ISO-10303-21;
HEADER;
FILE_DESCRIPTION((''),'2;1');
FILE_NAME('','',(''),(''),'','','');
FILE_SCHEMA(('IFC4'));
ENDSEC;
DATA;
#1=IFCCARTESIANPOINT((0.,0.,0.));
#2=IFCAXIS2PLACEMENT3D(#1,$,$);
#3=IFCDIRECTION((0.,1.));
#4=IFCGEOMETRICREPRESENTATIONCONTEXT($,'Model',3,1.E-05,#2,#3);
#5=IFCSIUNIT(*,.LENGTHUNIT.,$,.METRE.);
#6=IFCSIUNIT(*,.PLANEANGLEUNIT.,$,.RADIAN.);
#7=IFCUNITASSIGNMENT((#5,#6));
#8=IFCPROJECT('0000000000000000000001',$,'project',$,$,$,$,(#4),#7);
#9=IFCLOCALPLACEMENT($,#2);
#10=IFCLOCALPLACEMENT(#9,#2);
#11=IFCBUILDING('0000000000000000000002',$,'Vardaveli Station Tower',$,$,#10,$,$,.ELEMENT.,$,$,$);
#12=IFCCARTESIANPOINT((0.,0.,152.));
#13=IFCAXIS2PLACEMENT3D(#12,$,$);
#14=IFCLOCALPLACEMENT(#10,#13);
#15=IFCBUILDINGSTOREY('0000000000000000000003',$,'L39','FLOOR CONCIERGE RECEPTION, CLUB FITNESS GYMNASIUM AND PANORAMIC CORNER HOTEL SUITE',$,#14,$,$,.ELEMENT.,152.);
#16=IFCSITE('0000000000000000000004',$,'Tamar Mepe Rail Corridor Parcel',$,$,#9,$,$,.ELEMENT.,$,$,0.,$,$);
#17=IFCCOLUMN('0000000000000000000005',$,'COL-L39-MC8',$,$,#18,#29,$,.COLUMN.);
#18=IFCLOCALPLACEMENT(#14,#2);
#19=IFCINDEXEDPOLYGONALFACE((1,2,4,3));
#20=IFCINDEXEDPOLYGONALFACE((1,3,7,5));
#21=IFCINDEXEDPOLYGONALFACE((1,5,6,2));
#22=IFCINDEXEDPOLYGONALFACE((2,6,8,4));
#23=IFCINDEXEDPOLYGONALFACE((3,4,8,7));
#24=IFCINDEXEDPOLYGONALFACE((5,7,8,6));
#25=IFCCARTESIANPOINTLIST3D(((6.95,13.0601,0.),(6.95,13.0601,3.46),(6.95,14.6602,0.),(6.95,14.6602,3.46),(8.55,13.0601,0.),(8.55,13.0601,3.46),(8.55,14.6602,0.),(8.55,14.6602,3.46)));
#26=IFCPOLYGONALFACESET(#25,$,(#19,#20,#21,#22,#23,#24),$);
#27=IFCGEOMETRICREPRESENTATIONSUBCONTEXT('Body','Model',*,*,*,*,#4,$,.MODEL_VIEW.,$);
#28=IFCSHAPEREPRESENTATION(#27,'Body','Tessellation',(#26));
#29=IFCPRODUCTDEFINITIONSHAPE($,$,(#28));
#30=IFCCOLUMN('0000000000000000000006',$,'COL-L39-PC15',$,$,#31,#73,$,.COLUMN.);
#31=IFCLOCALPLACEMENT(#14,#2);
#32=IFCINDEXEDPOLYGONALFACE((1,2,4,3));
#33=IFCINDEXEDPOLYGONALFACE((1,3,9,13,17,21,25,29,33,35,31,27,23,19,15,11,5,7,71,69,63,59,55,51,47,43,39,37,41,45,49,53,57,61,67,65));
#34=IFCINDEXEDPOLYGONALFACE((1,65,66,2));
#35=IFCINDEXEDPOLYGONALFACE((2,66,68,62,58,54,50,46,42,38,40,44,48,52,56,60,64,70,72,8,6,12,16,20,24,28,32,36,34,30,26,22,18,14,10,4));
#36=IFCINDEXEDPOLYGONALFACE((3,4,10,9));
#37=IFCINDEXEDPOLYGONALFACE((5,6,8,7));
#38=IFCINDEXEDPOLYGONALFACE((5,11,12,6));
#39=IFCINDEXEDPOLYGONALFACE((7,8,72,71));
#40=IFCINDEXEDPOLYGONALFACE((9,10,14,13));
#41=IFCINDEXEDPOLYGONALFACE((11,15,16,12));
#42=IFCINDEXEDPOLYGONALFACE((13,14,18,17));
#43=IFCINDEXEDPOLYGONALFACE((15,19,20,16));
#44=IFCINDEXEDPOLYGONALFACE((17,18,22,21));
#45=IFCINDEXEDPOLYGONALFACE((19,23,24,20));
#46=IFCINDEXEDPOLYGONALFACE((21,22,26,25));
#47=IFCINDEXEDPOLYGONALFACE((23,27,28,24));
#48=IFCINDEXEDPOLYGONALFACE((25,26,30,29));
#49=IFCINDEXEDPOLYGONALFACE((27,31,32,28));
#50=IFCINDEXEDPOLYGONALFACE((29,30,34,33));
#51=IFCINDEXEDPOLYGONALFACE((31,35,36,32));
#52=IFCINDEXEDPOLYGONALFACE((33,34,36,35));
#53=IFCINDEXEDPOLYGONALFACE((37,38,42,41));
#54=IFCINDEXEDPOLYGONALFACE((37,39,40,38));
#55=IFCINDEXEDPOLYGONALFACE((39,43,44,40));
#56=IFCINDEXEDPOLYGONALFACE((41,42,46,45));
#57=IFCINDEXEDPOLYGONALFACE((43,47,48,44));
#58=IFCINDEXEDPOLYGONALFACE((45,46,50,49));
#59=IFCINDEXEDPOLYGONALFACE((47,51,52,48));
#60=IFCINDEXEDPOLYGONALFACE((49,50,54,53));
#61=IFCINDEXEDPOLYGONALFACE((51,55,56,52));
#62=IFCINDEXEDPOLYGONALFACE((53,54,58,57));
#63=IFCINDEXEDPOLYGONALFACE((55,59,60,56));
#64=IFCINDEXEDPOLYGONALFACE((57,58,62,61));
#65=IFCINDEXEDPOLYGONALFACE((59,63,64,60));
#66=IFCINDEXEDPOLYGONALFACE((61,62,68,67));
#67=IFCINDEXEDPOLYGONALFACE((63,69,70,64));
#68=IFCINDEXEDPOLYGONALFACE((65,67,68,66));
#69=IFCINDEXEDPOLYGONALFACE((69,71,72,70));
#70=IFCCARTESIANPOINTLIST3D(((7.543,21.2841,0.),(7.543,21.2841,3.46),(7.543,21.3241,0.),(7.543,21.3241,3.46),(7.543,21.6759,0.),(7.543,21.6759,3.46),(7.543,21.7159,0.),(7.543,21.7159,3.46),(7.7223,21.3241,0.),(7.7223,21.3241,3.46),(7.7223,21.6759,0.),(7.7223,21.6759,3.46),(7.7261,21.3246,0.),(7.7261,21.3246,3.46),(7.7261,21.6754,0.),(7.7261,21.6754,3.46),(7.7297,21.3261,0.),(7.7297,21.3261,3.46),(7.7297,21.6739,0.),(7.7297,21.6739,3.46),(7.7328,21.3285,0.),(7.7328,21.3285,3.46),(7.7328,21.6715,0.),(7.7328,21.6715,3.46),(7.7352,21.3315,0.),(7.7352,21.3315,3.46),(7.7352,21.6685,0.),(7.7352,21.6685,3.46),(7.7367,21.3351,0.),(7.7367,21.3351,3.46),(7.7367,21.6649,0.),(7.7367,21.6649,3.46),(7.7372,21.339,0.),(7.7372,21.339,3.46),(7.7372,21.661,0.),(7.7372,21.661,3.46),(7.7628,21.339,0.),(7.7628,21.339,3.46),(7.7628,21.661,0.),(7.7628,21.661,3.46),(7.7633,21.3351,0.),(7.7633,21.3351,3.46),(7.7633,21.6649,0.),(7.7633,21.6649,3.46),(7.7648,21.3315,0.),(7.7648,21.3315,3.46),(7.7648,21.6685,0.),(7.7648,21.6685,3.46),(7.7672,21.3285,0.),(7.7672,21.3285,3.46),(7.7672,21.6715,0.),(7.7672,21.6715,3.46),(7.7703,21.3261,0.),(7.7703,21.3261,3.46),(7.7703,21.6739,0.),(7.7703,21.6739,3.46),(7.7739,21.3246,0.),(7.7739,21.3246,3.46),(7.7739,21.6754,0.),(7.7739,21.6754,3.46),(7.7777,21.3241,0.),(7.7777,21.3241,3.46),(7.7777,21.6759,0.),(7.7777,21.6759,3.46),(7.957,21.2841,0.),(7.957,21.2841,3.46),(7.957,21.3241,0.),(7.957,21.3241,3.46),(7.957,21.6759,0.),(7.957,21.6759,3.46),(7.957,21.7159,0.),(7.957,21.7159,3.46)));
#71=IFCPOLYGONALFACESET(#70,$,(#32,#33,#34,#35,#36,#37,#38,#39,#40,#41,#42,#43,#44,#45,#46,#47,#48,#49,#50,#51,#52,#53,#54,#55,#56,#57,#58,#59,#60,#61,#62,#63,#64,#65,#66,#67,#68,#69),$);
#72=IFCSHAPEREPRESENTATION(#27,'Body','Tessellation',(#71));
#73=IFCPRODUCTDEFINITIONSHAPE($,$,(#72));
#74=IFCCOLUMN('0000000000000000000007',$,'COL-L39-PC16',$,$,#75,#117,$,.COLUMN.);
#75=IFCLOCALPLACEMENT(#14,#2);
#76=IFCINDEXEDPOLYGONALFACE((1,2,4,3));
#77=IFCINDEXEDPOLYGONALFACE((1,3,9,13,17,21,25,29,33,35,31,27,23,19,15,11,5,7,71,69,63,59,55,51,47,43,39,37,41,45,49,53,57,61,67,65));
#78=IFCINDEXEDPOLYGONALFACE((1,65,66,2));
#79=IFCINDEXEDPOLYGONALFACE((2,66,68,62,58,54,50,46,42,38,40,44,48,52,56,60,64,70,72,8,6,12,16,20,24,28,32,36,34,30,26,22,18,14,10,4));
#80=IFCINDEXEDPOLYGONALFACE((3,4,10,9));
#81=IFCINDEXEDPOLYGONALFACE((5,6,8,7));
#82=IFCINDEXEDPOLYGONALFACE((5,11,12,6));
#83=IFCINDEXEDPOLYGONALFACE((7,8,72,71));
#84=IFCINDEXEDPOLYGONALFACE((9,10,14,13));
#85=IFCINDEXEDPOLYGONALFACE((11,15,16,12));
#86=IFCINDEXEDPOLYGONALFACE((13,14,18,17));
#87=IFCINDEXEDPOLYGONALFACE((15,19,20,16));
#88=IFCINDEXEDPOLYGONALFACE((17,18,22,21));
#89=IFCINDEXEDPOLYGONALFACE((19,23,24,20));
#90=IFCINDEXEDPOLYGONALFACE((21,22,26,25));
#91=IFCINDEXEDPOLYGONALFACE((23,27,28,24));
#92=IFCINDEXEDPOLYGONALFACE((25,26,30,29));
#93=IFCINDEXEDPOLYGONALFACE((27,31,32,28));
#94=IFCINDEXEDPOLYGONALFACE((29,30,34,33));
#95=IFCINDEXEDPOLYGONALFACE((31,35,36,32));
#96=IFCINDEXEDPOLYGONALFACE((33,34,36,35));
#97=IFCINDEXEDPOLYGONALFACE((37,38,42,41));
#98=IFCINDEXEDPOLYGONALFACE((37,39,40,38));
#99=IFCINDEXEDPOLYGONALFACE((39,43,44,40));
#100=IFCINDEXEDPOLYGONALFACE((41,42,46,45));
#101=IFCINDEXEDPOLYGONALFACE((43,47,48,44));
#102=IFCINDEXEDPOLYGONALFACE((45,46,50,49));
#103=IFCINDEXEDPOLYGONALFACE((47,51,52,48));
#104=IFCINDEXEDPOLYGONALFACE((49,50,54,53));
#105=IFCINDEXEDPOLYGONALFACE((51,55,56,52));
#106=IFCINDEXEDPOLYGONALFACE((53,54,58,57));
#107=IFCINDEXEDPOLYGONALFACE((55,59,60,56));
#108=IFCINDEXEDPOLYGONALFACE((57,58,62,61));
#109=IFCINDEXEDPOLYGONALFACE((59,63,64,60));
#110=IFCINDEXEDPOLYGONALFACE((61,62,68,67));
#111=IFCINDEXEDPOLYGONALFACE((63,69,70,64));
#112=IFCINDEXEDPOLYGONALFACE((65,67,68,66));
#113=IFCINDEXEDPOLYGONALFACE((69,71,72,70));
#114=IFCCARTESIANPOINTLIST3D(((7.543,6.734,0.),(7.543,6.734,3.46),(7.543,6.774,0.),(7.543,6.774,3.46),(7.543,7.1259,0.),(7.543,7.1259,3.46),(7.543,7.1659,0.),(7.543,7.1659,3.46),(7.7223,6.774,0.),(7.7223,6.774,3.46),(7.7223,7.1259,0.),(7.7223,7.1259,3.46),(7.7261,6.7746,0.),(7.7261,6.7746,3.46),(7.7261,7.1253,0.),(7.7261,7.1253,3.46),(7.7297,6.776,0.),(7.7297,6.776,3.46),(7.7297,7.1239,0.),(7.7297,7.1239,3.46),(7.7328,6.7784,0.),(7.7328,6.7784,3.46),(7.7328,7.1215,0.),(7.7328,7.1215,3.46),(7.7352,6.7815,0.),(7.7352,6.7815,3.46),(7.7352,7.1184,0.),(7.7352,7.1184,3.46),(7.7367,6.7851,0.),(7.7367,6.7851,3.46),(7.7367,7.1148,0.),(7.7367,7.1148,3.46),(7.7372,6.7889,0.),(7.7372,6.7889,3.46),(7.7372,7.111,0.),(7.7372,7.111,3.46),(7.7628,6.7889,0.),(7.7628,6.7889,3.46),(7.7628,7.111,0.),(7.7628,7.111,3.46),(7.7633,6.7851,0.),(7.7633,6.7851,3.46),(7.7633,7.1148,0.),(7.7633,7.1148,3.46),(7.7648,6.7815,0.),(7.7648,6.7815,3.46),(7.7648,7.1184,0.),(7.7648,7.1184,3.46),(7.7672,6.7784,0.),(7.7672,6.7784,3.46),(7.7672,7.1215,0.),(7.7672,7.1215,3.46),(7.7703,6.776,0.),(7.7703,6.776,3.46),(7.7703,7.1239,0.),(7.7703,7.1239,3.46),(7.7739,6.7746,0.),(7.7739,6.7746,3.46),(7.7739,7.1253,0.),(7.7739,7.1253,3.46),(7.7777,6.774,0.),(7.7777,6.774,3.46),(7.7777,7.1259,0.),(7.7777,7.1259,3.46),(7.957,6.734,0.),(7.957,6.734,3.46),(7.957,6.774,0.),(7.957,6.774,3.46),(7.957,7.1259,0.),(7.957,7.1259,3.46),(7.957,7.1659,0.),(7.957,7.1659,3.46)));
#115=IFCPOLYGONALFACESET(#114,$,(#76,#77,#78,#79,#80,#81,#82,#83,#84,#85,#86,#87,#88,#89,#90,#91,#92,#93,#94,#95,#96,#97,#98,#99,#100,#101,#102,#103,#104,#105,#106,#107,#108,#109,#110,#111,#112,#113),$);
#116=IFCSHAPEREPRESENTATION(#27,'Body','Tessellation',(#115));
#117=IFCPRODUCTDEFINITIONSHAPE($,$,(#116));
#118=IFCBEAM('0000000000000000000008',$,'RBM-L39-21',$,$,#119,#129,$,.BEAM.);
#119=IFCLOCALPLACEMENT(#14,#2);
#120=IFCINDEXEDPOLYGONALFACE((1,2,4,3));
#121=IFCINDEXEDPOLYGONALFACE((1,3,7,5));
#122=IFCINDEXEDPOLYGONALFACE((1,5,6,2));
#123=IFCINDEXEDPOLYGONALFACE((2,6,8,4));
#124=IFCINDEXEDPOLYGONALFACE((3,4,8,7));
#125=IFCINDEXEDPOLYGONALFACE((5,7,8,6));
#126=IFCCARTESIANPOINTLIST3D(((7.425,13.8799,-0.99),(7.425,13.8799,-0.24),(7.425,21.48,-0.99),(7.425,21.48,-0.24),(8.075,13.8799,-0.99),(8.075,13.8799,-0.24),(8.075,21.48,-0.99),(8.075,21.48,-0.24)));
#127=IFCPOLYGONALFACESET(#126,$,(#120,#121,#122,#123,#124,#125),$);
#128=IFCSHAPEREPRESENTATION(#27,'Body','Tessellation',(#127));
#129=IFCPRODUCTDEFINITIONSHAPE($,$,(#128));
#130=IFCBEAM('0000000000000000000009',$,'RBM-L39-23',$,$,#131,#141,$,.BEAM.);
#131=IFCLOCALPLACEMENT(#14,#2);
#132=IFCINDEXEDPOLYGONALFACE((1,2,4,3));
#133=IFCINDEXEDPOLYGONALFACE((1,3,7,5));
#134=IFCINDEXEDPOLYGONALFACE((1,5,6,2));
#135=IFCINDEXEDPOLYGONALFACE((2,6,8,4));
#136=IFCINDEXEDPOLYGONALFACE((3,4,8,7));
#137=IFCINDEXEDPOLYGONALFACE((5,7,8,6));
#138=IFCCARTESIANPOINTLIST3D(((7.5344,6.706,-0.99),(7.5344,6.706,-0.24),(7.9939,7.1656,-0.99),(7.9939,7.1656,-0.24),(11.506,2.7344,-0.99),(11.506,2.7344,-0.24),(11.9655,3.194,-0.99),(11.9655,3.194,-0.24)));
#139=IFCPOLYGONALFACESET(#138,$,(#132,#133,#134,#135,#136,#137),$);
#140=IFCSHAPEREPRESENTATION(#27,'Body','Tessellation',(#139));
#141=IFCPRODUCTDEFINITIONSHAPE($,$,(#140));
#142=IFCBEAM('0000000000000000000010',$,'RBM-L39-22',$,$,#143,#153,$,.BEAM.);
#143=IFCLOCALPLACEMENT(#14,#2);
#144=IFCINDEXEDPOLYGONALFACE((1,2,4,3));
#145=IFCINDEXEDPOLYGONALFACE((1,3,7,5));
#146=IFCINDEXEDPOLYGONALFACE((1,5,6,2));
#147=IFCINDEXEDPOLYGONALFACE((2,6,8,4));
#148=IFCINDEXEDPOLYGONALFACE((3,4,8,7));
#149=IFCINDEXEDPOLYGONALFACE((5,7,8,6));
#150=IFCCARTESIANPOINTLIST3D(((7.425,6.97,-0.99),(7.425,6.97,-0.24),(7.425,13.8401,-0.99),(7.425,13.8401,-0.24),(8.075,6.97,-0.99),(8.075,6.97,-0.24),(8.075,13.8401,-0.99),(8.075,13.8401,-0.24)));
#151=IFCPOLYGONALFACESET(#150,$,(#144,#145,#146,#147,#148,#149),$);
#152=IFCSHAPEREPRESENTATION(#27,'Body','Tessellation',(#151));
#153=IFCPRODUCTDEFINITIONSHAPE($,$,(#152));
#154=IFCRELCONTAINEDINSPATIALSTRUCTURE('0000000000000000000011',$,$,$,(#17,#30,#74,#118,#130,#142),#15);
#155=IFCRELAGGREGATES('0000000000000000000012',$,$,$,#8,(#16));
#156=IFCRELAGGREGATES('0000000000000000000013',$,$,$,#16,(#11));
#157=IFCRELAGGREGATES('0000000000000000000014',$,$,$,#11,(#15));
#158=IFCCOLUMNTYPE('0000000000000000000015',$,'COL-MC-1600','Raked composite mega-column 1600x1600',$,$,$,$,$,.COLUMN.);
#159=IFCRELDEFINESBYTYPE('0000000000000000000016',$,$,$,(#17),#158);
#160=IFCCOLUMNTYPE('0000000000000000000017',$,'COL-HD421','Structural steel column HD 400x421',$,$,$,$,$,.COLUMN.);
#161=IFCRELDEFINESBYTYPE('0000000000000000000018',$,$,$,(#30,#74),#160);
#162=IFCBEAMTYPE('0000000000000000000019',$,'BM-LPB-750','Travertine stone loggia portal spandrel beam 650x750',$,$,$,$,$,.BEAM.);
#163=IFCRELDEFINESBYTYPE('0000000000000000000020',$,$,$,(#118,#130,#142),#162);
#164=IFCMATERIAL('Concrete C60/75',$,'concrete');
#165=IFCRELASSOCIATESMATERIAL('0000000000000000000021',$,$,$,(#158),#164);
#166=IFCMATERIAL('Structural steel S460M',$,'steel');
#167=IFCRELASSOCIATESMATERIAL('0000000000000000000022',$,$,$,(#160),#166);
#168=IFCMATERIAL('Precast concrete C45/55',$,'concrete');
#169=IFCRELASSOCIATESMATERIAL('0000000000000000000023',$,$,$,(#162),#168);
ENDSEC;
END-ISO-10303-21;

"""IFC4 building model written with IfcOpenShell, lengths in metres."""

from ifc_helpers import new_model, si_unit, direction, frame, origin, origin_2d, place, context, subcontext, project, spatial, rectangle, i_section, extrude, source, transform, mapped, material, material_profile, profile_set, type_object, element, save


model = new_model("IFC4")

# Units and contexts
model_context = context("Model", 3, precision=1e-05, world=origin(), true_north=direction((0.0, 1.0)))
body_context = subcontext(model_context, "Body", "Model", "MODEL_VIEW")
ifc_project = project(units=[si_unit("LENGTHUNIT", "METRE"), si_unit("PLANEANGLEUNIT", "RADIAN")], contexts=[model_context])

# Site, building, storey
site_placement = place(None, origin())
site = spatial("IfcSite", under=ifc_project, at=site_placement, Name="Tamar Mepe Rail Corridor Parcel", CompositionType="ELEMENT", RefElevation=0.0)
building_placement = place(site_placement, origin())
building = spatial("IfcBuilding", under=site, at=building_placement, Name="Vardaveli Station Tower", CompositionType="ELEMENT")
storey_placement = place(building_placement, frame((0.0, 0.0, 152.0)))
storey = spatial("IfcBuildingStorey", under=building, at=storey_placement, Name="L39", Description="FLOOR CONCIERGE RECEPTION, CLUB FITNESS GYMNASIUM AND PANORAMIC CORNER HOTEL SUITE", CompositionType="ELEMENT", Elevation=152.0)

# Columns
ifc_material_1 = material(Name="Concrete C60/75", Category="concrete")
ifc_material_profile_1 = material_profile(ifc_material_1, rectangle(XDim=1.6001, YDim=1.6001, at=origin_2d()), Name="MC 1600x1600")
ifc_profile_set_1 = profile_set([ifc_material_profile_1], Name="Concrete C60/75")
column_type_1 = type_object("IfcColumnType", Name="COL-MC-1600", Description="Raked composite mega-column 1600x1600", PredefinedType="COLUMN", material=ifc_profile_set_1)
shared_shape_1 = source(origin(), body_context, "Body", "SweptSolid", [
    extrude(rectangle(XDim=1.6001, YDim=1.6001, at=origin_2d()), origin(), (0.0, 0.0, 1.0), 3.46),
])
column_placement = place(storey_placement, frame((7.75, 13.8601, 0.0), z_axis=(0.0, 0.0, 1.0), x_axis=(1.0, 0.0, 0.0)))
element("IfcColumn", 1, at=column_placement, inside=storey, type_object=column_type_1, Name="COL-L39-MC8", PredefinedType="COLUMN", context=body_context, shape_type="MappedRepresentation", body=[
    mapped(shared_shape_1, transform((0.0, 0.0, 0.0), scale=1.0)),
])
ifc_material_2 = material(Name="Structural steel S460M", Category="steel")
ifc_material_profile_2 = material_profile(ifc_material_2, i_section(OverallWidth=0.4141, OverallDepth=0.4319, WebThickness=0.0256, FlangeThickness=0.04, FilletRadius=0.0149, at=origin_2d()), Name="HD 400x421")
ifc_profile_set_2 = profile_set([ifc_material_profile_2], Name="Structural steel S460M")
column_type_2 = type_object("IfcColumnType", Name="COL-HD421", Description="Structural steel column HD 400x421", PredefinedType="COLUMN", material=ifc_profile_set_2)
shared_shape_2 = source(origin(), body_context, "Body", "SweptSolid", [
    extrude(i_section(OverallWidth=0.4141, OverallDepth=0.4319, WebThickness=0.0256, FlangeThickness=0.04, FilletRadius=0.0149, at=origin_2d()), origin(), (0.0, 0.0, 1.0), 3.46),
])
for number, where, z_axis, x_axis, name in (
    (2, (7.75, 21.5, 0.0), (0.0, 0.0, 1.0), (1.0, 0.0, 0.0), "COL-L39-PC15"),
    (3, (7.75, 6.95, 0.0), (0.0, 0.0, 1.0), (1.0, 0.0, 0.0), "COL-L39-PC16"),
):
    element("IfcColumn", number, at=place(storey_placement, frame(where, z_axis=z_axis, x_axis=x_axis)), inside=storey, type_object=column_type_2, Name=name, PredefinedType="COLUMN", context=body_context, shape_type="MappedRepresentation", body=[
        mapped(shared_shape_2, transform((0.0, 0.0, 0.0), scale=1.0)),
    ])

# Beams
ifc_material_3 = material(Name="Precast concrete C45/55", Category="concrete")
ifc_material_profile_3 = material_profile(ifc_material_3, rectangle(XDim=0.6499, YDim=0.75, at=origin_2d()), Name="LPB 650x750")
ifc_profile_set_3 = profile_set([ifc_material_profile_3], Name="Precast concrete C45/55")
beam_type_1 = type_object("IfcBeamType", Name="BM-LPB-750", Description="Travertine stone loggia portal spandrel beam 650x750", PredefinedType="BEAM", material=ifc_profile_set_3)
shared_shape_3 = source(origin(), body_context, "Body", "SweptSolid", [
    extrude(rectangle(XDim=0.6499, YDim=0.75, at=origin_2d()), origin(), (0.0, 0.0, 1.0), 7.6001),
])
beam_1_placement = place(storey_placement, frame((7.75, 21.48, -0.615), z_axis=(0.0, -1.0, 0.0), x_axis=(1.0, 0.0, 0.0)))
element("IfcBeam", 4, at=beam_1_placement, inside=storey, type_object=beam_type_1, Name="RBM-L39-21", PredefinedType="BEAM", context=body_context, shape_type="MappedRepresentation", body=[
    mapped(shared_shape_3, transform((0.0, 0.0, 0.0), scale=1.0)),
])
shared_shape_4 = source(origin(), body_context, "Body", "SweptSolid", [
    extrude(rectangle(XDim=0.6499, YDim=0.75, at=origin_2d()), origin(), (0.0, 0.0, 1.0), 5.6167),
])
beam_2_placement = place(storey_placement, frame((7.7642, 6.9358, -0.615), z_axis=(0.707107, -0.707107, 0.0), x_axis=(0.707107, 0.707107, 0.0)))
element("IfcBeam", 5, at=beam_2_placement, inside=storey, type_object=beam_type_1, Name="RBM-L39-23", PredefinedType="BEAM", context=body_context, shape_type="MappedRepresentation", body=[
    mapped(shared_shape_4, transform((0.0, 0.0, 0.0), scale=1.0)),
])
shared_shape_5 = source(origin(), body_context, "Body", "SweptSolid", [
    extrude(rectangle(XDim=0.6499, YDim=0.75, at=origin_2d()), origin(), (0.0, 0.0, 1.0), 6.8701),
])
beam_3_placement = place(storey_placement, frame((7.75, 13.8401, -0.615), z_axis=(0.0, -1.0, 0.0), x_axis=(1.0, 0.0, 0.0)))
element("IfcBeam", 6, at=beam_3_placement, inside=storey, type_object=beam_type_1, Name="RBM-L39-22", PredefinedType="BEAM", context=body_context, shape_type="MappedRepresentation", body=[
    mapped(shared_shape_5, transform((0.0, 0.0, 0.0), scale=1.0)),
])

save(model, "model.ifc")
